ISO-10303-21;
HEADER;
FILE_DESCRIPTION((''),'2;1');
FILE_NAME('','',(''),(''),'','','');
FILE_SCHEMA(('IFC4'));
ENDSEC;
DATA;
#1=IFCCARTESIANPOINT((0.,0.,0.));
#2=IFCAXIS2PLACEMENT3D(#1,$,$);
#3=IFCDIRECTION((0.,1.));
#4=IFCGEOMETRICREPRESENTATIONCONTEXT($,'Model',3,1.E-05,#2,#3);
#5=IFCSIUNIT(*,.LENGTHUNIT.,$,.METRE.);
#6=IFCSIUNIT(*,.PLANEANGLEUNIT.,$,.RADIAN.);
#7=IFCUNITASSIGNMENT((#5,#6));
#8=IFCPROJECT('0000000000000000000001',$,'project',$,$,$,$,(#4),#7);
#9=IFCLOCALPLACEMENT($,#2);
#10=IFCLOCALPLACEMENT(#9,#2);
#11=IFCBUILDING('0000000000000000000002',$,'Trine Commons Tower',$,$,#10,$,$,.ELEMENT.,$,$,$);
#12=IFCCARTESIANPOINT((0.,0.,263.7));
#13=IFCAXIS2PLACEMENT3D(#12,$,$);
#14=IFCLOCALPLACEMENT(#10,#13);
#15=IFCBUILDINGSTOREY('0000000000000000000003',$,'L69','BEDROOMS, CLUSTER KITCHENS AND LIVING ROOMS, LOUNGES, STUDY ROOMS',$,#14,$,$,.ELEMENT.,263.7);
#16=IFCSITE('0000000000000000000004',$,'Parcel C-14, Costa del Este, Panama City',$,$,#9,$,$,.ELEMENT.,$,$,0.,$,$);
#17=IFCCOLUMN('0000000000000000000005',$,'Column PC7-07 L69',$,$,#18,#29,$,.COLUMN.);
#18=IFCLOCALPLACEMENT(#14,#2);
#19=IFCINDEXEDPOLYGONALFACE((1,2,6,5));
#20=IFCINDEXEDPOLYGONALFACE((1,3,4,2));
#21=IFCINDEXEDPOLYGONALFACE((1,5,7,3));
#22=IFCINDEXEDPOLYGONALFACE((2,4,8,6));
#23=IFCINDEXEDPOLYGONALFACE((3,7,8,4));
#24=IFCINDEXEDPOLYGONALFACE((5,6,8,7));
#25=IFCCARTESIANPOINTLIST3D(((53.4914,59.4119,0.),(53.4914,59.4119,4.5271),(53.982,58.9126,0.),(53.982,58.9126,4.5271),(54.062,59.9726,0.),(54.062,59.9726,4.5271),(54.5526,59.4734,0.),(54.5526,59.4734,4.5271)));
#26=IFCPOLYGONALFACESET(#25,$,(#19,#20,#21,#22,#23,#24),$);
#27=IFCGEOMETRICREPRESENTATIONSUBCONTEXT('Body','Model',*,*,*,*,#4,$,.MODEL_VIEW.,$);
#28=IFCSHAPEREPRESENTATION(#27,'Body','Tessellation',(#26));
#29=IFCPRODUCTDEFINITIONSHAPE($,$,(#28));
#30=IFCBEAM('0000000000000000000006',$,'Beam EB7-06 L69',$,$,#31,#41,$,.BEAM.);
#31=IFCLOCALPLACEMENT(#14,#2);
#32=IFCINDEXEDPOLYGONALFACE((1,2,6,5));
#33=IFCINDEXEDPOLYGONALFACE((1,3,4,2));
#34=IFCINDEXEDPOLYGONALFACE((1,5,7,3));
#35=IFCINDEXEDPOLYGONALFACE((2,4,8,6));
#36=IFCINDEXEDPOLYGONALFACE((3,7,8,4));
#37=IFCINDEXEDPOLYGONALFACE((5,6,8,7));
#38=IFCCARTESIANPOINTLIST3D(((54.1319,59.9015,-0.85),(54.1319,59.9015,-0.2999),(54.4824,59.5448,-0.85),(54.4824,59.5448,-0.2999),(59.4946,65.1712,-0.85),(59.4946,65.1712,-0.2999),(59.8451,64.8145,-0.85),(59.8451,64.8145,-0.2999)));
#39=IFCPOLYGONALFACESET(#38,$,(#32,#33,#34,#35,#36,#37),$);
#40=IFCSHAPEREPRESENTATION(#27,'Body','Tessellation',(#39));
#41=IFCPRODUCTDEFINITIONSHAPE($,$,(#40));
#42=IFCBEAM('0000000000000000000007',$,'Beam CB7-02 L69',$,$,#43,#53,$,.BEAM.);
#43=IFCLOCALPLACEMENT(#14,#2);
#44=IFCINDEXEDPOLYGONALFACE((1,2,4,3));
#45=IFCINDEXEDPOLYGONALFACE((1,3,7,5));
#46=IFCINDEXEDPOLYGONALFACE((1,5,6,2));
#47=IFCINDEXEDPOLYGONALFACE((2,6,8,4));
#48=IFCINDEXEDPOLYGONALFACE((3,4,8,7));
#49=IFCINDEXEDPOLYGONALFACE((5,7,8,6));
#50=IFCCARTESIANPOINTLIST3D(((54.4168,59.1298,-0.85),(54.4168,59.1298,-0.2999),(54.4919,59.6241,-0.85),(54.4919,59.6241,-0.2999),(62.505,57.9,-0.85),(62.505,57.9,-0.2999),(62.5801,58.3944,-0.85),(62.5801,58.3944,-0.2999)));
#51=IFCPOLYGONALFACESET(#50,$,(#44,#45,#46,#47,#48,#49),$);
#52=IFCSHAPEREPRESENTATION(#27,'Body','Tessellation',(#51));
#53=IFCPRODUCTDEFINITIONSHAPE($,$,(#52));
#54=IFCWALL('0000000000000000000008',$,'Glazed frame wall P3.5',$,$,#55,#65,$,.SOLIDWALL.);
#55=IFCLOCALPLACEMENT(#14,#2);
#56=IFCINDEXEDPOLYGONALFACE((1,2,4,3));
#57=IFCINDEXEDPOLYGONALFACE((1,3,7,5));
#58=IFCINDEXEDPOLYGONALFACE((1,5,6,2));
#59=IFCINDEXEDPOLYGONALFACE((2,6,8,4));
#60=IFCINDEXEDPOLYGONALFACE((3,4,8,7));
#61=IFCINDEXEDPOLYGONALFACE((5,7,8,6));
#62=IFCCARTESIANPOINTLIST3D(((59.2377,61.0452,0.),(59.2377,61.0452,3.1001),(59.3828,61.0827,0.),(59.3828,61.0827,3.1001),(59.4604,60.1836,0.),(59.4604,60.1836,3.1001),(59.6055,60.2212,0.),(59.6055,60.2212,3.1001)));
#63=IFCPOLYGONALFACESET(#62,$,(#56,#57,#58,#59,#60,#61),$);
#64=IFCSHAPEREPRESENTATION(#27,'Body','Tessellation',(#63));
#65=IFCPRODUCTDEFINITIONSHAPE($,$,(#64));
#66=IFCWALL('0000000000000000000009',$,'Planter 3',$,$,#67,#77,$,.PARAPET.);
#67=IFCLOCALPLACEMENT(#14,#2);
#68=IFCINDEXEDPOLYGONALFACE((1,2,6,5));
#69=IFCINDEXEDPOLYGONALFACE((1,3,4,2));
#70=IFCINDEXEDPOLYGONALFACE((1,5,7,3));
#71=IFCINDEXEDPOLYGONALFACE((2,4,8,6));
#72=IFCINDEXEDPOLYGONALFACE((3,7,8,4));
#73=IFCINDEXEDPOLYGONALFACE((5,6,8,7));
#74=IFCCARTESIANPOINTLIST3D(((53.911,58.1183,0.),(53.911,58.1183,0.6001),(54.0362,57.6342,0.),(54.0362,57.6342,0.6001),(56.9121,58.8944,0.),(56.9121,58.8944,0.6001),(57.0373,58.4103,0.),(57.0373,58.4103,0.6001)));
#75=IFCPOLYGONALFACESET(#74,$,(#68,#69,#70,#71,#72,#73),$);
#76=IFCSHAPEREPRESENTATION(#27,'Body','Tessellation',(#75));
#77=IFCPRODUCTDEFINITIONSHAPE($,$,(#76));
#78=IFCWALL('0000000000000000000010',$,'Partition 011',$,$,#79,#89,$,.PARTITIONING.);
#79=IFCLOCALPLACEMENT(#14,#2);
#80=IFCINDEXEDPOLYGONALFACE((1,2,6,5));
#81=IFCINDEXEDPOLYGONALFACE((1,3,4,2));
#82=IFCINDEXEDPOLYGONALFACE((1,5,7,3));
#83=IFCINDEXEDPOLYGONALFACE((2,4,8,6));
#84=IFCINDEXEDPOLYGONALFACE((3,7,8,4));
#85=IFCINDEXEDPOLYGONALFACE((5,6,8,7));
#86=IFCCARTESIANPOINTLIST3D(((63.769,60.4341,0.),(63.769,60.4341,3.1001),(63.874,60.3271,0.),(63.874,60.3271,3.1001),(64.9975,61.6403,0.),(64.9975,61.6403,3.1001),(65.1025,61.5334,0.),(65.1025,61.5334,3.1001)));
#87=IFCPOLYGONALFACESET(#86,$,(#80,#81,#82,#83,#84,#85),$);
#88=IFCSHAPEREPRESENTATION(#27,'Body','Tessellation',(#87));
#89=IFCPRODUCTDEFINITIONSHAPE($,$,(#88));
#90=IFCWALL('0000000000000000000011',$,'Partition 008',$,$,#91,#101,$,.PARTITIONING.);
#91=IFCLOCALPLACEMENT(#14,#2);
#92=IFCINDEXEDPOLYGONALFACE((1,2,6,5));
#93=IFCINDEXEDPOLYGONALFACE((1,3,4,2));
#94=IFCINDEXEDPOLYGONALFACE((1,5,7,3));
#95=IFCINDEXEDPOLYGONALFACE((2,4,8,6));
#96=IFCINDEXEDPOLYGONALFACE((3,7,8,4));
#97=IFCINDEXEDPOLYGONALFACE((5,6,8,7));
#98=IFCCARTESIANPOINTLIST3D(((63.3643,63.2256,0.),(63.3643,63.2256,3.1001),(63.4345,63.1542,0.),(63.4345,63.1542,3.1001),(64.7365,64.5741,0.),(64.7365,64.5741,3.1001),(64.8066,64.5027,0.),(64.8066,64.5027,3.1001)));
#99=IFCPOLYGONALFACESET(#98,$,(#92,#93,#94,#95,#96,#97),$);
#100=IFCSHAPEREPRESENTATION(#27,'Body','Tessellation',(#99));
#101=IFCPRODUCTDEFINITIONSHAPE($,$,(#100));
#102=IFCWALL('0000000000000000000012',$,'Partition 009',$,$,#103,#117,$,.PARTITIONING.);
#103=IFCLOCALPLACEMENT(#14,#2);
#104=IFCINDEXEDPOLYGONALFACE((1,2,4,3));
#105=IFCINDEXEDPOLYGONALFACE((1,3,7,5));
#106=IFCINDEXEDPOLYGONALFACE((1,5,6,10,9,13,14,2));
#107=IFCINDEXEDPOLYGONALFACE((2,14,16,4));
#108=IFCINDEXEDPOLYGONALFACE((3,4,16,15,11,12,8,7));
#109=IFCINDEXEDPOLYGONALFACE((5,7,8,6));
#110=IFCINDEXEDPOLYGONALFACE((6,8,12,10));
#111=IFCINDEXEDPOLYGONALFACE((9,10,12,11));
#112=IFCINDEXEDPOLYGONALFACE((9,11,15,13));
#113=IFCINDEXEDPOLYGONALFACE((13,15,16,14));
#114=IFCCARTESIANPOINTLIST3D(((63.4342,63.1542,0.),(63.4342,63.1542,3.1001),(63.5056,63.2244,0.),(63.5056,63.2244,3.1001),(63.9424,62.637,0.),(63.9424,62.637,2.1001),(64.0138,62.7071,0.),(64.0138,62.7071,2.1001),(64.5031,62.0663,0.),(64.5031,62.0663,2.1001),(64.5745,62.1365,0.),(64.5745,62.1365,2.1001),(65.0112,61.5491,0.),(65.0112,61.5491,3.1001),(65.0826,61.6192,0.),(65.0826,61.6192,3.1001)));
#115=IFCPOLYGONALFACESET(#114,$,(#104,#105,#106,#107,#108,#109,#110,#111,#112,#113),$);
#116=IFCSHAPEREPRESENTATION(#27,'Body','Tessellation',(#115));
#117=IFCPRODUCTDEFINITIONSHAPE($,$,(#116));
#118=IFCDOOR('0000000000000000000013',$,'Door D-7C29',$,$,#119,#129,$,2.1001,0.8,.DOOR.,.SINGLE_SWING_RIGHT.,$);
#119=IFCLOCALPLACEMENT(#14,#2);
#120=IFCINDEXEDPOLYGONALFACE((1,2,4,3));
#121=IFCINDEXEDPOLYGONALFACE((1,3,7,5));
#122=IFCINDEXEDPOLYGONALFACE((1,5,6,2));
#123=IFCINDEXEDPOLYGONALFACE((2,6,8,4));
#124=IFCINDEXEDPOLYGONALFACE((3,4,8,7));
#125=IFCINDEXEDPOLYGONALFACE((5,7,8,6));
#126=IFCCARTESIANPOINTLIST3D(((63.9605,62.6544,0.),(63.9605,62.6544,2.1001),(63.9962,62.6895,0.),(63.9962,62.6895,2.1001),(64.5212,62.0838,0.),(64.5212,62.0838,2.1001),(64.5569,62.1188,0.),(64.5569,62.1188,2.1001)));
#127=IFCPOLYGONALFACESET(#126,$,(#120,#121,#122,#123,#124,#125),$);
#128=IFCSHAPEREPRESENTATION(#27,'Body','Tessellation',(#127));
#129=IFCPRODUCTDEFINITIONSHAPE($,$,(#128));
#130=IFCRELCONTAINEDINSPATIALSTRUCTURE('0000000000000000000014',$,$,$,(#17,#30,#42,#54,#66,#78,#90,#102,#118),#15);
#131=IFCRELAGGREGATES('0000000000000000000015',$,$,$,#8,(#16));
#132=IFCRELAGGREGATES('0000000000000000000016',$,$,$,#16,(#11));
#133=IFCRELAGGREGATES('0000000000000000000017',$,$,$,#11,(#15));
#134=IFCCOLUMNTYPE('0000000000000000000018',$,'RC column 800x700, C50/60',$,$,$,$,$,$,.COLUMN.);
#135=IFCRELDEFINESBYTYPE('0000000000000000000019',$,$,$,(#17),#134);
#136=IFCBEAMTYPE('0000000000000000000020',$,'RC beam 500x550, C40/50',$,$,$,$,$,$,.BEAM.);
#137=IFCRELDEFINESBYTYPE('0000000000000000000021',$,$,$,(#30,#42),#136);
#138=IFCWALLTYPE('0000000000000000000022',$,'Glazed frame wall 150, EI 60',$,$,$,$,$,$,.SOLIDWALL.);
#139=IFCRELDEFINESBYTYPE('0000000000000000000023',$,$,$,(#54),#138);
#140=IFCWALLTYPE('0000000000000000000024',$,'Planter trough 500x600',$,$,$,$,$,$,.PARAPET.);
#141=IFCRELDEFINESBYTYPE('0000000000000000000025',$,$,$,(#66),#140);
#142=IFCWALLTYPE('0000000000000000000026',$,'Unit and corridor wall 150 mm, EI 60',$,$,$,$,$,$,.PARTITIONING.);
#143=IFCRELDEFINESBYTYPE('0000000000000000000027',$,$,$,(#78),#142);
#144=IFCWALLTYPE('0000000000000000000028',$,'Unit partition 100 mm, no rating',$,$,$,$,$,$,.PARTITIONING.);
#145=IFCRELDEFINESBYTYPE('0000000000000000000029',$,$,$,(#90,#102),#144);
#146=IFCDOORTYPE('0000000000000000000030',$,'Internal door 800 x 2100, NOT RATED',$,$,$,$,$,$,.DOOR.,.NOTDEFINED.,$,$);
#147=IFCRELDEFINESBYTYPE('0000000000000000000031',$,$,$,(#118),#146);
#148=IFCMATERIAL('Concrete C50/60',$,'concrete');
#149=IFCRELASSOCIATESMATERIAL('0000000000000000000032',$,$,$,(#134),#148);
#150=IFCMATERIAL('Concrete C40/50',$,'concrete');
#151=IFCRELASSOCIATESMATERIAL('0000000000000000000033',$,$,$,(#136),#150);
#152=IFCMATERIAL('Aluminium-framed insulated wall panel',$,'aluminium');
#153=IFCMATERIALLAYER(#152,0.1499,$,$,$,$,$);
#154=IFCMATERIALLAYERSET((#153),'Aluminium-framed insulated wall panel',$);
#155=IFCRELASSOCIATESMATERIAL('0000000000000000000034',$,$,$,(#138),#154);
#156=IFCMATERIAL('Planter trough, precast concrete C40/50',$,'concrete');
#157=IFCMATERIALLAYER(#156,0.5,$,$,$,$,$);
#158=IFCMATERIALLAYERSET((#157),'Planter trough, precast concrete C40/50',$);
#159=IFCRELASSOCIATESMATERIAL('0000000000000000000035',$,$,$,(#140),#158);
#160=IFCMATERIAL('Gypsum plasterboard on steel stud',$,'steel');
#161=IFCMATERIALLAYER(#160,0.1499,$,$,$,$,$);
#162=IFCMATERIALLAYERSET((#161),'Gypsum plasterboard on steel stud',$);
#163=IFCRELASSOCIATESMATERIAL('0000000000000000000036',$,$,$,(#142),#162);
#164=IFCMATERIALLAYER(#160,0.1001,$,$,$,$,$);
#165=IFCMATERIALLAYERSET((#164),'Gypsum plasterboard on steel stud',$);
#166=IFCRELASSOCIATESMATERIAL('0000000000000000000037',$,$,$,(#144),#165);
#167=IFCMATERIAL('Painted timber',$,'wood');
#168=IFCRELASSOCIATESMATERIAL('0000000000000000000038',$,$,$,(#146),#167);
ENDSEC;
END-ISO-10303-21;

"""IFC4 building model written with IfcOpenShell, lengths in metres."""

from ifc_helpers import new_model, si_unit, direction, frame, frame_2d, origin, origin_2d, place, context, subcontext, project, spatial, polyline, rectangle, outline, extrude, material, layer, layer_set, material_profile, profile_set, type_object, element, fill, save


model = new_model("IFC4")

# Units and contexts
model_context = context("Model", 3, precision=1e-05, world=origin(), true_north=direction((0.0, 1.0)))
body_context = subcontext(model_context, "Body", "Model", "MODEL_VIEW")
ifc_project = project(units=[si_unit("LENGTHUNIT", "METRE"), si_unit("PLANEANGLEUNIT", "RADIAN")], contexts=[model_context])

# Site, building, storey
site_placement = place(None, origin())
site = spatial("IfcSite", under=ifc_project, at=site_placement, Name="Parcel C-14, Costa del Este, Panama City", CompositionType="ELEMENT", RefElevation=0.0)
building_placement = place(site_placement, origin())
building = spatial("IfcBuilding", under=site, at=building_placement, Name="Trine Commons Tower", CompositionType="ELEMENT")
storey_placement = place(building_placement, frame((0.0, 0.0, 263.7)))
storey = spatial("IfcBuildingStorey", under=building, at=storey_placement, Name="L69", Description="BEDROOMS, CLUSTER KITCHENS AND LIVING ROOMS, LOUNGES, STUDY ROOMS", CompositionType="ELEMENT", Elevation=263.7)

# Column
ifc_material_1 = material(Name="Concrete C50/60", Category="concrete")
ifc_material_profile_1 = material_profile(ifc_material_1, rectangle(XDim=0.8, YDim=0.7, at=origin_2d()), Name="RC 800x700")
ifc_profile_set_1 = profile_set([ifc_material_profile_1], Name="Concrete C50/60")
column_type = type_object("IfcColumnType", Name="RC column 800x700, C50/60", PredefinedType="COLUMN", material=ifc_profile_set_1)
column_placement = place(storey_placement, frame((54.022, 59.4426, 0.0), z_axis=(0.0, 0.0, 1.0), x_axis=(0.71325, 0.700909, 0.0)))
element("IfcColumn", 1, at=column_placement, inside=storey, type_object=column_type, Name="Column PC7-07 L69", PredefinedType="COLUMN", context=body_context, shape_type="SweptSolid", body=[
    extrude(rectangle(XDim=0.8, YDim=0.7, at=origin_2d()), origin(), (0.0, 0.0, 1.0), 4.5271),
])

# Beams
ifc_material_2 = material(Name="Concrete C40/50", Category="concrete")
ifc_material_profile_2 = material_profile(ifc_material_2, rectangle(XDim=0.5, YDim=0.55, at=origin_2d()), Name="RC 500x550")
ifc_profile_set_2 = profile_set([ifc_material_profile_2], Name="Concrete C40/50")
beam_type = type_object("IfcBeamType", Name="RC beam 500x550, C40/50", PredefinedType="BEAM", material=ifc_profile_set_2)
beam_1_placement = place(storey_placement, frame((54.3071, 59.7231, -0.575), z_axis=(0.713266, 0.700894, 0.0), x_axis=(-0.700894, 0.713266, 0.0)))
element("IfcBeam", 2, at=beam_1_placement, inside=storey, type_object=beam_type, Name="Beam EB7-06 L69", PredefinedType="BEAM", context=body_context, shape_type="SweptSolid", body=[
    extrude(rectangle(XDim=0.5, YDim=0.55, at=origin_2d()), origin(), (0.0, 0.0, 1.0), 7.5186),
])
beam_2_placement = place(storey_placement, frame((54.4543, 59.377, -0.575), z_axis=(0.988638, -0.150315, 0.0), x_axis=(0.150315, 0.988638, 0.0)))
element("IfcBeam", 3, at=beam_2_placement, inside=storey, type_object=beam_type, Name="Beam CB7-02 L69", PredefinedType="BEAM", context=body_context, shape_type="SweptSolid", body=[
    extrude(rectangle(XDim=0.5, YDim=0.55, at=origin_2d()), origin(), (0.0, 0.0, 1.0), 8.1812),
])

# Shared definitions
ifc_material_3 = material(Name="Aluminium-framed insulated wall panel", Category="aluminium")
ifc_layer_1 = layer(ifc_material_3, 0.1499)
ifc_layer_set_1 = layer_set([ifc_layer_1], Name="Aluminium-framed insulated wall panel")
wall_type_1 = type_object("IfcWallType", Name="Glazed frame wall 150, EI 60", PredefinedType="SOLIDWALL", material=ifc_layer_set_1)

# Walls
wall_1_placement = place(storey_placement, frame((59.533, 60.2024, 0.0), z_axis=(0.0, 0.0, 1.0), x_axis=(-0.250284, 0.968172, 0.0)))
element("IfcWall", 4, at=wall_1_placement, inside=storey, type_object=wall_type_1, Name="Glazed frame wall P3.5", PredefinedType="SOLIDWALL", context=body_context, shape_type="SweptSolid", body=[
    extrude(outline(polyline([(0.8899, 0.075), (0.0, 0.075), (0.0, -0.075), (0.8899, -0.075), (0.8899, 0.075)])), origin(), (0.0, 0.0, 1.0), 3.1001),
])
ifc_material_4 = material(Name="Planter trough, precast concrete C40/50", Category="concrete")
ifc_layer_2 = layer(ifc_material_4, 0.5)
ifc_layer_set_2 = layer_set([ifc_layer_2], Name="Planter trough, precast concrete C40/50")
wall_type_2 = type_object("IfcWallType", Name="Planter trough 500x600", PredefinedType="PARAPET", material=ifc_layer_set_2)
wall_2_placement = place(storey_placement, frame((56.9746, 58.6523, 0.0), z_axis=(0.0, 0.0, 1.0), x_axis=(-0.968151, -0.250366, 0.0)))
element("IfcWall", 5, at=wall_2_placement, inside=storey, type_object=wall_type_2, Name="Planter 3", PredefinedType="PARAPET", context=body_context, shape_type="SweptSolid", body=[
    extrude(rectangle(XDim=3.0999, YDim=0.5, at=frame_2d((1.5498, 0.0))), origin(), (0.0, 0.0, 1.0), 0.6001),
])
ifc_material_5 = material(Name="Gypsum plasterboard on steel stud", Category="steel")
ifc_layer_3 = layer(ifc_material_5, 0.1499)
ifc_layer_set_3 = layer_set([ifc_layer_3], Name="Gypsum plasterboard on steel stud")
wall_type_3 = type_object("IfcWallType", Name="Unit and corridor wall 150 mm, EI 60", PredefinedType="PARTITIONING", material=ifc_layer_set_3)
wall_3_placement = place(storey_placement, frame((63.8215, 60.3806, 0.0), z_axis=(0.0, 0.0, 1.0), x_axis=(0.713529, 0.700626, 0.0)))
element("IfcWall", 6, at=wall_3_placement, inside=storey, type_object=wall_type_3, Name="Partition 011", PredefinedType="PARTITIONING", context=body_context, shape_type="SweptSolid", body=[
    extrude(rectangle(XDim=1.7217, YDim=0.1499, at=frame_2d((0.8608, 0.0))), origin(), (0.0, 0.0, 1.0), 3.1001),
])
ifc_layer_4 = layer(ifc_material_5, 0.1001)
ifc_layer_set_4 = layer_set([ifc_layer_4], Name="Gypsum plasterboard on steel stud")
wall_type_4 = type_object("IfcWallType", Name="Unit partition 100 mm, no rating", PredefinedType="PARTITIONING", material=ifc_layer_set_4)
wall_4_placement = place(storey_placement, frame((63.3994, 63.1899, 0.0), z_axis=(0.0, 0.0, 1.0), x_axis=(0.713235, 0.700925, 0.0)))
element("IfcWall", 7, at=wall_4_placement, inside=storey, type_object=wall_type_4, Name="Partition 008", PredefinedType="PARTITIONING", context=body_context, shape_type="SweptSolid", body=[
    extrude(rectangle(XDim=1.9238, YDim=0.1001, at=frame_2d((0.9619, 0.0))), origin(), (0.0, 0.0, 1.0), 3.1001),
])

# Wall, opening, door
wall_5_placement = place(storey_placement, frame((63.47, 63.1892, 0.0), z_axis=(0.0, 0.0, 1.0), x_axis=(0.700841, -0.713317, 0.0)))
wall_5 = element("IfcWall", 8, at=wall_5_placement, inside=storey, type_object=wall_type_4, Name="Partition 009", PredefinedType="PARTITIONING", context=body_context, shape_type="SweptSolid", body=[
    extrude(rectangle(XDim=2.2502, YDim=0.1001, at=frame_2d((1.125, 0.0))), origin(), (0.0, 0.0, 1.0), 3.1001),
])
opening_1_placement = place(wall_5_placement, frame((0.7251, 0.0, 0.0)))
opening_1 = element("IfcOpeningElement", 9, at=opening_1_placement, cuts=wall_5, PredefinedType="OPENING", context=body_context, shape_type="SweptSolid", body=[
    extrude(rectangle(XDim=0.8, YDim=2.1001, at=frame_2d((0.3999, 1.05))), frame((0.0, 0.0601, 0.0), z_axis=(0.0, -1.0, 0.0), x_axis=(1.0, 0.0, 0.0)), (0.0, 0.0, 1.0), 0.1201),
])
ifc_material_6 = material(Name="Painted timber", Category="wood")
door_type_1 = type_object("IfcDoorType", Name="Internal door 800 x 2100, NOT RATED", OperationType="NOTDEFINED", PredefinedType="DOOR", material=ifc_material_6)
door_1_placement = place(opening_1_placement, frame((0.8, 0.0, 0.0), z_axis=(0.0, 0.0, 1.0), x_axis=(-1.0, 0.0, 0.0)))
door_1 = element("IfcDoor", 10, at=door_1_placement, inside=storey, type_object=door_type_1, Name="Door D-7C29", OperationType="SINGLE_SWING_RIGHT", OverallHeight=2.1001, OverallWidth=0.8, PredefinedType="DOOR", context=body_context, shape_type="SweptSolid", body=[
    extrude(rectangle(XDim=0.8, YDim=2.1001, at=frame_2d((0.3999, 1.05))), frame((0.0, 0.0249, 0.0), z_axis=(0.0, -1.0, 0.0), x_axis=(1.0, 0.0, 0.0)), (0.0, 0.0, 1.0), 0.05),
])
fill(opening_1, door_1)

save(model, "model.ifc")
